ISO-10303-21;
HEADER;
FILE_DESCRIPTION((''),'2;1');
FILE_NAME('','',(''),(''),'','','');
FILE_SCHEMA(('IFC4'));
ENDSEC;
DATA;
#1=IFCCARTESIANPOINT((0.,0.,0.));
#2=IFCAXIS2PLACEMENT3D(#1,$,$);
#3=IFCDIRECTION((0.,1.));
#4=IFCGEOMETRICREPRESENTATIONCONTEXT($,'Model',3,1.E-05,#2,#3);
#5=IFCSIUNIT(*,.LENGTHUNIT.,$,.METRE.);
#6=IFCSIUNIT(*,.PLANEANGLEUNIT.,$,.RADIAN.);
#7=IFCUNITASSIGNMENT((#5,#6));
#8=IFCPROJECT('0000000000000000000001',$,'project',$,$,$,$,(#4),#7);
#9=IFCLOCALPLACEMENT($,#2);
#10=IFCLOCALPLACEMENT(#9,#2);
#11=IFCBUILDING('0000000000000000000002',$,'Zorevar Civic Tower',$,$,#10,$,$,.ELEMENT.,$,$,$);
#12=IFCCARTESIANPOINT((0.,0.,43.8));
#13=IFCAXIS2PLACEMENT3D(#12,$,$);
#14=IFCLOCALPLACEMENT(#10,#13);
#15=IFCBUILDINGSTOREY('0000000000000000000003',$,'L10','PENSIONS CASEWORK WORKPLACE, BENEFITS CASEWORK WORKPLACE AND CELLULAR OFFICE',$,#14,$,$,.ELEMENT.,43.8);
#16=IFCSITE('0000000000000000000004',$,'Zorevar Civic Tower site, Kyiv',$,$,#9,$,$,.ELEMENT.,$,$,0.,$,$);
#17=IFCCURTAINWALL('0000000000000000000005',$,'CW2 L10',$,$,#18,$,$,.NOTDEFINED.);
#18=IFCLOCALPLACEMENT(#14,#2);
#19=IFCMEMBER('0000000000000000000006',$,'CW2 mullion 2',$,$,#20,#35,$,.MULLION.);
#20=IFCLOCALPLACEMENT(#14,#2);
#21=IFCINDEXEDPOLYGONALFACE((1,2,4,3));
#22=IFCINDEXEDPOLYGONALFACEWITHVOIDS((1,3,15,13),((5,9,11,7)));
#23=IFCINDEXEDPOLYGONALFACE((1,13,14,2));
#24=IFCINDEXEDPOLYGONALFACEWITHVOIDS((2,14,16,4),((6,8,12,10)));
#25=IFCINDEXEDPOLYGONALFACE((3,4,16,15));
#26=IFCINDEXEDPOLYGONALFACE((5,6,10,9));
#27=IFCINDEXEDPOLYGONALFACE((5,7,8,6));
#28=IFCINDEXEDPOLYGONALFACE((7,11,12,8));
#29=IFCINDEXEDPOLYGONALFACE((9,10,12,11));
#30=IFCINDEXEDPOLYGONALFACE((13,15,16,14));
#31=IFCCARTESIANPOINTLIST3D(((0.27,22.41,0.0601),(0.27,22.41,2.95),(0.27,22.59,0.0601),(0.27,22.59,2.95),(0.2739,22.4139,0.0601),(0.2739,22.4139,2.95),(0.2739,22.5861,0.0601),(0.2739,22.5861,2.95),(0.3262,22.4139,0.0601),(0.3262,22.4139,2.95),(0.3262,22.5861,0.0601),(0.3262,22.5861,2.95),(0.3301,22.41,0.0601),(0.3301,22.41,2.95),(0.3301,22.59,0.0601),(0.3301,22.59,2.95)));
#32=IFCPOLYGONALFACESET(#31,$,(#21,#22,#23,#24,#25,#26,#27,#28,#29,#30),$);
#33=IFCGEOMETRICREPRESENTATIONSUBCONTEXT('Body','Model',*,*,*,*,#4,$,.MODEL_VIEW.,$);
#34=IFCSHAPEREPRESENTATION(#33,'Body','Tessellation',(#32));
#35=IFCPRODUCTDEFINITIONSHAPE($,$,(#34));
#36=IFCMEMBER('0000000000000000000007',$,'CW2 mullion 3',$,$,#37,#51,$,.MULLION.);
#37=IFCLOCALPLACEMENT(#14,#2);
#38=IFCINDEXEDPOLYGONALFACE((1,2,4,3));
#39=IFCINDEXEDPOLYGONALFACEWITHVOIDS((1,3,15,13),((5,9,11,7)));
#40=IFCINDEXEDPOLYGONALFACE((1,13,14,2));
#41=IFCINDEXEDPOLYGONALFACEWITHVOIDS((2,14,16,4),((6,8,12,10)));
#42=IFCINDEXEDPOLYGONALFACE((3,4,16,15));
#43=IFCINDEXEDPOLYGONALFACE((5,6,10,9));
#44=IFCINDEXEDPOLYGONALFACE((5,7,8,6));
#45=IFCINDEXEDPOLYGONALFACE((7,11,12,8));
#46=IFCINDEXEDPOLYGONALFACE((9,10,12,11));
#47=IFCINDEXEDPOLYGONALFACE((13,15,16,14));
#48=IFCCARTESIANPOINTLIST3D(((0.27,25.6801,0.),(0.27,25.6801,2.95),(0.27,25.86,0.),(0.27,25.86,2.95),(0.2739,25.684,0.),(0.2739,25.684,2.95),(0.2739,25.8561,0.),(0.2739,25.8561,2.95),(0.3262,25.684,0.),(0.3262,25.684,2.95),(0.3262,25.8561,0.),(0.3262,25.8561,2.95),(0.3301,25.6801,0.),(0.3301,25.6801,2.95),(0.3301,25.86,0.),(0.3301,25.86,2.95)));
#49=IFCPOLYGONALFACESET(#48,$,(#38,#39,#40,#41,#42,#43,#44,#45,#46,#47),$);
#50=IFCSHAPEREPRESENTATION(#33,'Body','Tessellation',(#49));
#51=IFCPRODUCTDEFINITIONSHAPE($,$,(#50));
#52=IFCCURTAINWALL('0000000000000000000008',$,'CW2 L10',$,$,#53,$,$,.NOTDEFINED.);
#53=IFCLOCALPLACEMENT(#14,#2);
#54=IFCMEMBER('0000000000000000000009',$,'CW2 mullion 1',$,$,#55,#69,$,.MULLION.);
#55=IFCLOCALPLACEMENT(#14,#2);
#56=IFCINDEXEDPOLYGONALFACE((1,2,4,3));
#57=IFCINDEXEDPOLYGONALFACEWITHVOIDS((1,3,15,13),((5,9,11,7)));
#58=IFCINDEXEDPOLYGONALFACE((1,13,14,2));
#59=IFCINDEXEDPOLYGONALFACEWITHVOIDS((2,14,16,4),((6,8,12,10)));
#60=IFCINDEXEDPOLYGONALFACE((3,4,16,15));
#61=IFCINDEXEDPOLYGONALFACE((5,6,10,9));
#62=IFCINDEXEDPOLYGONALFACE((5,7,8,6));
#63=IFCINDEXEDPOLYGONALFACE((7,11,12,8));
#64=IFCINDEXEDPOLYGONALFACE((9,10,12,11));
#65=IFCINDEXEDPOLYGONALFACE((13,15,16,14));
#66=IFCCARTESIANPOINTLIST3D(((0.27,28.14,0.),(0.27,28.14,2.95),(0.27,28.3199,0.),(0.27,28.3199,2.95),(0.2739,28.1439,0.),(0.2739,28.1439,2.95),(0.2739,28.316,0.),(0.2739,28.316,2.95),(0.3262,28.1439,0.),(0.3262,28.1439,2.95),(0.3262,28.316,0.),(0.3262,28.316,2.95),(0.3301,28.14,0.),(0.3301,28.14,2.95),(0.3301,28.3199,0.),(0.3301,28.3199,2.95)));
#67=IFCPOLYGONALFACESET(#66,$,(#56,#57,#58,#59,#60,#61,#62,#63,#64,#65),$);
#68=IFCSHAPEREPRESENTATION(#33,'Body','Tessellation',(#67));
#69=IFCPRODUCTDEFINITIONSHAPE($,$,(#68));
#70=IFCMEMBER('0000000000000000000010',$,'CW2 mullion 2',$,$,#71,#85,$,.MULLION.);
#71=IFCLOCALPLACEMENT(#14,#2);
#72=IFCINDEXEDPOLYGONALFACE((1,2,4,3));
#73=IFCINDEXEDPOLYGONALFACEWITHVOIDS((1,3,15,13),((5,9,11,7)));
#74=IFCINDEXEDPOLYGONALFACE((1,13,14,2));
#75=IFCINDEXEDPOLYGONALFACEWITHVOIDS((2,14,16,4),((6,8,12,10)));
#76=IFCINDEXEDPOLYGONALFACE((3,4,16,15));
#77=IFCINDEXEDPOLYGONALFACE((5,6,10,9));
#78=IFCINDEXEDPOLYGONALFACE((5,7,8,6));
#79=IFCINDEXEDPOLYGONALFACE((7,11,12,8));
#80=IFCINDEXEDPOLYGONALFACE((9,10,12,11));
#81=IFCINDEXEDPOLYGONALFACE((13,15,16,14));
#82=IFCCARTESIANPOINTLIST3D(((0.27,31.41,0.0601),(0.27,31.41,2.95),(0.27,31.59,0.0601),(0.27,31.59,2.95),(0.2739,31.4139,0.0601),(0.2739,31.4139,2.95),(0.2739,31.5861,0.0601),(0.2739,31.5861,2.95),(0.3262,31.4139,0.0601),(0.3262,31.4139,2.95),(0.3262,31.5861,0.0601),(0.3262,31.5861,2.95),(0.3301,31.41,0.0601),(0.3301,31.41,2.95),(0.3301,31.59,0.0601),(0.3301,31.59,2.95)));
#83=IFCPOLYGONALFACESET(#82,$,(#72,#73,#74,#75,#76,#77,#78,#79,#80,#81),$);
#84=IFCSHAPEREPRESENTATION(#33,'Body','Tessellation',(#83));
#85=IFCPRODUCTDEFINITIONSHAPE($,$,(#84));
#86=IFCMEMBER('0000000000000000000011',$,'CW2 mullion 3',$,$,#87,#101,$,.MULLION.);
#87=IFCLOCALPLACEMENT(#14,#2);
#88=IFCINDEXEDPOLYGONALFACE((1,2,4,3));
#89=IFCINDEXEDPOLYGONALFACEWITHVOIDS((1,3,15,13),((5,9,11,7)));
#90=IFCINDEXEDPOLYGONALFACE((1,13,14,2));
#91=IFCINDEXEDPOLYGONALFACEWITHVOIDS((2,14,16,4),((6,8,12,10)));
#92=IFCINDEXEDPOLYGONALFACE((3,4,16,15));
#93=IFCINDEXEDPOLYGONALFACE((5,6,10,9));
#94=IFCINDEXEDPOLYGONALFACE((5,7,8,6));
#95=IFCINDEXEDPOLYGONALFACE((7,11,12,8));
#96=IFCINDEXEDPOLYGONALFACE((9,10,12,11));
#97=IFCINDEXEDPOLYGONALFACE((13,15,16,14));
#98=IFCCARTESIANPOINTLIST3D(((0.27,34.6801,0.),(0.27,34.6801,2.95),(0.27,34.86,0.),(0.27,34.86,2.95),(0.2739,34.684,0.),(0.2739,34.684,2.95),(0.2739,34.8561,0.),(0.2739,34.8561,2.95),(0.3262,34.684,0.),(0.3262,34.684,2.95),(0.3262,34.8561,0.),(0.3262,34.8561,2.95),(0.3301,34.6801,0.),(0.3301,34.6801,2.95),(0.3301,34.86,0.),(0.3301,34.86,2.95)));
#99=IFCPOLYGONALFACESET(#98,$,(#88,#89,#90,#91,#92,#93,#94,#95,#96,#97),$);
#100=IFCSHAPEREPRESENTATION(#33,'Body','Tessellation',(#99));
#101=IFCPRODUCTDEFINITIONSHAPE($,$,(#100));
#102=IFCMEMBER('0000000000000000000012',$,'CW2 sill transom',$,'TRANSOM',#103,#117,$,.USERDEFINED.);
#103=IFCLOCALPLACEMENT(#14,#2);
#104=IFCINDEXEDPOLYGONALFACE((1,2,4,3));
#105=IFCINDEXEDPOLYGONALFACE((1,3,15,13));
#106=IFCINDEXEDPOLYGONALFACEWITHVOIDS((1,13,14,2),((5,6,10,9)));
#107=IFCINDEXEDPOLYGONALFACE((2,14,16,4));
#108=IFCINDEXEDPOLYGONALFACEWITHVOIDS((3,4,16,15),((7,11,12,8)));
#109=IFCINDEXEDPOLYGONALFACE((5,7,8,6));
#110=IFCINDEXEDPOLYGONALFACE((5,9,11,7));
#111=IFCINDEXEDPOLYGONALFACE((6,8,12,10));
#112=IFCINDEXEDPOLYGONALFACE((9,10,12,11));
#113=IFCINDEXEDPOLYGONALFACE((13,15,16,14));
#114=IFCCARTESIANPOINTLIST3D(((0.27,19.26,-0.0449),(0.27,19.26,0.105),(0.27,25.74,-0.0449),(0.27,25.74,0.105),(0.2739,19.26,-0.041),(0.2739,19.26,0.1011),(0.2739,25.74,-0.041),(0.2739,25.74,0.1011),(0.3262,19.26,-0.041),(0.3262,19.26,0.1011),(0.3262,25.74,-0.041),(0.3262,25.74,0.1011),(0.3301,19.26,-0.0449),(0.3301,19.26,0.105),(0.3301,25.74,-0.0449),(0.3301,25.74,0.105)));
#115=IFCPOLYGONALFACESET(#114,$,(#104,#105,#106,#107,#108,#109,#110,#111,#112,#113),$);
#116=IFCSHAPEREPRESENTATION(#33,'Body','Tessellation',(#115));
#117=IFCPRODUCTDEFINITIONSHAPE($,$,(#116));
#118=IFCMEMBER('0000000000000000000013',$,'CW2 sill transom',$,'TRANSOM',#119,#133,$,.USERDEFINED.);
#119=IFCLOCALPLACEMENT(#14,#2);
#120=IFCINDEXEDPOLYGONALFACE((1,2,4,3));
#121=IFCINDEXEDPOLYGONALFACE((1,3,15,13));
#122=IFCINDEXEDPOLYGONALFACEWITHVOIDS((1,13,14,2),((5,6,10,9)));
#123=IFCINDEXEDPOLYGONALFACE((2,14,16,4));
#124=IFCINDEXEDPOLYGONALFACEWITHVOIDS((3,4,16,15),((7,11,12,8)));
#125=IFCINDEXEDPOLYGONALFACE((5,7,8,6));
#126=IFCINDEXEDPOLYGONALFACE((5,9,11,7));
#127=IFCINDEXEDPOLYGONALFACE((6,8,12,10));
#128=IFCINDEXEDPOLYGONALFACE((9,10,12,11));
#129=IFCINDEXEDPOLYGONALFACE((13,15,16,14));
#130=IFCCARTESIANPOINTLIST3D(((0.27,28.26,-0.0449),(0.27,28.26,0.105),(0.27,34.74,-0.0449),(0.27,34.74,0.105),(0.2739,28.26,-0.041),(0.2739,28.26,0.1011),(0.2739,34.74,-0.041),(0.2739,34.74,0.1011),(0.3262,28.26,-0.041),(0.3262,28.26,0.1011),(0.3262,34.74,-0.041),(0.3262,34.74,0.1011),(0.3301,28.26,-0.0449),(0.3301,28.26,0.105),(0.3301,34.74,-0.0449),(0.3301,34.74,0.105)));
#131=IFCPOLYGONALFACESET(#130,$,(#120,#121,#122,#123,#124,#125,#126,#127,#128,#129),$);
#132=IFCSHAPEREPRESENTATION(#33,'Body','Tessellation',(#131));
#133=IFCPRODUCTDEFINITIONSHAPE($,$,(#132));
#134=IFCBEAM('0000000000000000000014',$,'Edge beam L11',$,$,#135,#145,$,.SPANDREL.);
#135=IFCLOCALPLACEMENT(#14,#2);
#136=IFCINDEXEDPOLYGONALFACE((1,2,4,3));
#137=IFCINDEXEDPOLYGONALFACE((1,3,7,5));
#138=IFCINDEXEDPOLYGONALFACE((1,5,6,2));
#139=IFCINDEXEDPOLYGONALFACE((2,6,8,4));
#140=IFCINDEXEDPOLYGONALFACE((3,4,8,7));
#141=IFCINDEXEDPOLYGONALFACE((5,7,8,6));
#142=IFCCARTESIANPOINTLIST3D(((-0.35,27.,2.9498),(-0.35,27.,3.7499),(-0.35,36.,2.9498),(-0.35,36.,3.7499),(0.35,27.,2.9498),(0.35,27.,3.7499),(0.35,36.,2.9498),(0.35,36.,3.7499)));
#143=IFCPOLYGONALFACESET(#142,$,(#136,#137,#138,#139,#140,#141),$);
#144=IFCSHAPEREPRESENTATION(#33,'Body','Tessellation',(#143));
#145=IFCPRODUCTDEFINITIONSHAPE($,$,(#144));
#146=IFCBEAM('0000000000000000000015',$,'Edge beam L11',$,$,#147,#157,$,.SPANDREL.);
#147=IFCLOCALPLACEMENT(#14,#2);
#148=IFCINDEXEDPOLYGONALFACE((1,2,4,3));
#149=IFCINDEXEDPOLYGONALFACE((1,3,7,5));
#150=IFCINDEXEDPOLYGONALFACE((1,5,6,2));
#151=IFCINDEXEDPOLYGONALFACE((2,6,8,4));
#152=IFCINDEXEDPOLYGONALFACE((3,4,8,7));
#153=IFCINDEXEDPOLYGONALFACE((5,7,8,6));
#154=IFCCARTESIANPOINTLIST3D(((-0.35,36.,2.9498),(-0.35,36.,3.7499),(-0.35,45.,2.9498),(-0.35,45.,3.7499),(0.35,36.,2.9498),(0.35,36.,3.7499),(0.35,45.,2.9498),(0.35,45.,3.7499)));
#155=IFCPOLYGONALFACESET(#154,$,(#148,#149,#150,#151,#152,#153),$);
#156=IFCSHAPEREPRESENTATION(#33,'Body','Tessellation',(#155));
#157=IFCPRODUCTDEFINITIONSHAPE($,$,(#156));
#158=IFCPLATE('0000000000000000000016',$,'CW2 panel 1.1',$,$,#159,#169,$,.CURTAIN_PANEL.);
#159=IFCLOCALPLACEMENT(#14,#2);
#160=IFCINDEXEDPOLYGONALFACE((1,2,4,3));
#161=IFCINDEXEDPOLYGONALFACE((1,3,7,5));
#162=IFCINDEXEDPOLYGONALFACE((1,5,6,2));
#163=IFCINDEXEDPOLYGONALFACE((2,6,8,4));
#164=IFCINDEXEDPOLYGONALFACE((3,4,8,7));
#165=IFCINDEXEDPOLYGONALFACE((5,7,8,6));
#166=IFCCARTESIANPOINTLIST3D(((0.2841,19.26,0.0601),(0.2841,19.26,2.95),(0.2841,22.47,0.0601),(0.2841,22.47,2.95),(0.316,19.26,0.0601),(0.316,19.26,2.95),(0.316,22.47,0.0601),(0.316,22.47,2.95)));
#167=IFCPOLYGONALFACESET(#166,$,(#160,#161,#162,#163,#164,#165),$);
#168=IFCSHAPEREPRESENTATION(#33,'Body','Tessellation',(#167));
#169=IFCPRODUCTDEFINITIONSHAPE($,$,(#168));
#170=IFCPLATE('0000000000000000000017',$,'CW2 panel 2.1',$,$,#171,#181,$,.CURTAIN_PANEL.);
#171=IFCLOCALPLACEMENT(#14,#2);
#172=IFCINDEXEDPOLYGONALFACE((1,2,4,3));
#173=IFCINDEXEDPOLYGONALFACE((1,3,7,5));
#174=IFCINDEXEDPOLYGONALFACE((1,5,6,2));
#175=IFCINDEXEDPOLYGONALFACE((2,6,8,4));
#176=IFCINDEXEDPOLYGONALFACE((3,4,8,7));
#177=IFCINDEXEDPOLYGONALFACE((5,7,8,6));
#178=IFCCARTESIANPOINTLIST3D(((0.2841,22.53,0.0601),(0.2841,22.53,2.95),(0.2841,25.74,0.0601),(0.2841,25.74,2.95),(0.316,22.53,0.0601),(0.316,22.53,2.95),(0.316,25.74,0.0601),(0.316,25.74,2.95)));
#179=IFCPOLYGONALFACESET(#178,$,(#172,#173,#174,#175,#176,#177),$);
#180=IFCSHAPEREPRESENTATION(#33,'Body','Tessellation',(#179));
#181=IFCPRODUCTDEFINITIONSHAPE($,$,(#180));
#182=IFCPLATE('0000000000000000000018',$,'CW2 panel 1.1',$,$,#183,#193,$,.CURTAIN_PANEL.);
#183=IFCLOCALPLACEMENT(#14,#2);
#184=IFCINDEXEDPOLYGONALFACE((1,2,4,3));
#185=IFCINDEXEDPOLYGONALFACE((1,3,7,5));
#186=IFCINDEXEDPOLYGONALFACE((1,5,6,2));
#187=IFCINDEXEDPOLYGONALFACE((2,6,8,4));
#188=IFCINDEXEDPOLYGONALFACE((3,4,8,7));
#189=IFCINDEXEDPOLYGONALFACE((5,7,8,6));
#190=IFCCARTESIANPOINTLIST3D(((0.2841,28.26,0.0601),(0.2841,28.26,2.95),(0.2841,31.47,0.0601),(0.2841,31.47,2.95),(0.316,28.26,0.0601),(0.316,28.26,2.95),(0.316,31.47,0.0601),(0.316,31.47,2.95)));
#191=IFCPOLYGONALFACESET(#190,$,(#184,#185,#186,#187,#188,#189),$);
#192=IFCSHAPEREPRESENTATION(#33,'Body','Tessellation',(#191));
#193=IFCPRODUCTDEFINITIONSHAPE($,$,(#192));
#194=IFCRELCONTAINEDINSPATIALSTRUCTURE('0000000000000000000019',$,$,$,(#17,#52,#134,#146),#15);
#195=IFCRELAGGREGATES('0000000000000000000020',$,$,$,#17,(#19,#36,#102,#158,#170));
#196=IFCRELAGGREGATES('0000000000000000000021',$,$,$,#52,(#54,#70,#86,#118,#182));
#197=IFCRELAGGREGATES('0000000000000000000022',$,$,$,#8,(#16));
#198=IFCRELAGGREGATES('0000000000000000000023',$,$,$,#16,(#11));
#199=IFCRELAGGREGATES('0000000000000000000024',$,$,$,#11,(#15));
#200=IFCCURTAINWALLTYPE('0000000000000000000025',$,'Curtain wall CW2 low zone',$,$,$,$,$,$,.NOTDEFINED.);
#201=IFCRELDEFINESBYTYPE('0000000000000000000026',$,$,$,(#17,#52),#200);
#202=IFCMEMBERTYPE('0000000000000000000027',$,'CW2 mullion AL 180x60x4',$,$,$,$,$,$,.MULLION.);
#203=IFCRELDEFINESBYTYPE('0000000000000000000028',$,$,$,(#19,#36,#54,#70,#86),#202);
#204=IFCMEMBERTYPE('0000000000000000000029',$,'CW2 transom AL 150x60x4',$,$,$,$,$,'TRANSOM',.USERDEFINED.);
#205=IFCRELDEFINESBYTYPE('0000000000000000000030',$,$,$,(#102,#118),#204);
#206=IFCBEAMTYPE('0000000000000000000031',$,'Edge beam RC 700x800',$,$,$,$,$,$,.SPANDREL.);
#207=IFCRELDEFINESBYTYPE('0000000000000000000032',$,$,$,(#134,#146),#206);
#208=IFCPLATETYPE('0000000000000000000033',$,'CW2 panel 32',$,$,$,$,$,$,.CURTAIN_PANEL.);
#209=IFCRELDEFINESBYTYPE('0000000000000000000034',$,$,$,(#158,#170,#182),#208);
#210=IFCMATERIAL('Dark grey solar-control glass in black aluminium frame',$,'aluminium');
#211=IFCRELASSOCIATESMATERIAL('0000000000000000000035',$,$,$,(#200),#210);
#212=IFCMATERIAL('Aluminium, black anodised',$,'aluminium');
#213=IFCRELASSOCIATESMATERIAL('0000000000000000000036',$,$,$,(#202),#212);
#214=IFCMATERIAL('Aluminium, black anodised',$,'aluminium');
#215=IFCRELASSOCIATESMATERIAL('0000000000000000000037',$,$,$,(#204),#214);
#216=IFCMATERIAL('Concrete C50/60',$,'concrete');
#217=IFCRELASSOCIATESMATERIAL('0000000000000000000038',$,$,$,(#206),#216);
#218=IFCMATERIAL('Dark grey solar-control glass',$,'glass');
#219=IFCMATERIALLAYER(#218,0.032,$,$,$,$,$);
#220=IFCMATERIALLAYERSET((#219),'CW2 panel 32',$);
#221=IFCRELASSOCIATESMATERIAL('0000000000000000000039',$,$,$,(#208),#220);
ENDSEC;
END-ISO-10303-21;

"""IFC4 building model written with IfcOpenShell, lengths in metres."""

from ifc_helpers import new_model, si_unit, direction, frame, origin, origin_2d, place, context, subcontext, project, spatial, rectangle, hollow_rectangle, extrude, material, layer, layer_set, material_profile, profile_set, type_object, element, aggregate, save


model = new_model("IFC4")

# Units and contexts
model_context = context("Model", 3, precision=1e-05, world=origin(), true_north=direction((0.0, 1.0)))
body_context = subcontext(model_context, "Body", "Model", "MODEL_VIEW")
ifc_project = project(units=[si_unit("LENGTHUNIT", "METRE"), si_unit("PLANEANGLEUNIT", "RADIAN")], contexts=[model_context])

# Site, building, storey
site_placement = place(None, origin())
site = spatial("IfcSite", under=ifc_project, at=site_placement, Name="Zorevar Civic Tower site, Kyiv", CompositionType="ELEMENT", RefElevation=0.0)
building_placement = place(site_placement, origin())
building = spatial("IfcBuilding", under=site, at=building_placement, Name="Zorevar Civic Tower", CompositionType="ELEMENT")
storey_placement = place(building_placement, frame((0.0, 0.0, 43.8)))
storey = spatial("IfcBuildingStorey", under=building, at=storey_placement, Name="L10", Description="PENSIONS CASEWORK WORKPLACE, BENEFITS CASEWORK WORKPLACE AND CELLULAR OFFICE", CompositionType="ELEMENT", Elevation=43.8)

# Curtain walls, members
ifc_material_1 = material(Name="Dark grey solar-control glass in black aluminium frame", Category="aluminium")
curtain_wall_type = type_object("IfcCurtainWallType", Name="Curtain wall CW2 low zone", PredefinedType="NOTDEFINED", material=ifc_material_1)
curtain_wall_1_placement = place(storey_placement, origin())
curtain_wall_1 = element("IfcCurtainWall", 1, at=curtain_wall_1_placement, inside=storey, type_object=curtain_wall_type, Name="CW2 L10", PredefinedType="NOTDEFINED")
ifc_material_2 = material(Name="Aluminium, black anodised", Category="aluminium")
ifc_material_profile_1 = material_profile(ifc_material_2, hollow_rectangle(XDim=0.0601, YDim=0.1799, WallThickness=0.0039, at=origin_2d()), Name="AL 180x60x4")
ifc_profile_set_1 = profile_set([ifc_material_profile_1], Name="Aluminium, black anodised")
member_type_1 = type_object("IfcMemberType", Name="CW2 mullion AL 180x60x4", PredefinedType="MULLION", material=ifc_profile_set_1)
member_1_placement = place(storey_placement, frame((0.3, 22.5, 0.0601), z_axis=(0.0, 0.0, 1.0), x_axis=(-1.0, 0.0, 0.0)))
member_1 = element("IfcMember", 2, at=member_1_placement, type_object=member_type_1, Name="CW2 mullion 2", PredefinedType="MULLION", context=body_context, shape_type="SweptSolid", body=[
    extrude(hollow_rectangle(XDim=0.0601, YDim=0.1799, WallThickness=0.0039, at=origin_2d()), origin(), (0.0, 0.0, 1.0), 2.8899),
])
member_2_placement = place(storey_placement, frame((0.3, 25.77, 0.0), z_axis=(0.0, 0.0, 1.0), x_axis=(-1.0, 0.0, 0.0)))
member_2 = element("IfcMember", 3, at=member_2_placement, type_object=member_type_1, Name="CW2 mullion 3", PredefinedType="MULLION", context=body_context, shape_type="SweptSolid", body=[
    extrude(hollow_rectangle(XDim=0.0601, YDim=0.1799, WallThickness=0.0039, at=origin_2d()), origin(), (0.0, 0.0, 1.0), 2.95),
])
curtain_wall_2_placement = place(storey_placement, origin())
curtain_wall_2 = element("IfcCurtainWall", 4, at=curtain_wall_2_placement, inside=storey, type_object=curtain_wall_type, Name="CW2 L10", PredefinedType="NOTDEFINED")
member_3_placement = place(storey_placement, frame((0.3, 28.23, 0.0), z_axis=(0.0, 0.0, 1.0), x_axis=(-1.0, 0.0, 0.0)))
member_3 = element("IfcMember", 5, at=member_3_placement, type_object=member_type_1, Name="CW2 mullion 1", PredefinedType="MULLION", context=body_context, shape_type="SweptSolid", body=[
    extrude(hollow_rectangle(XDim=0.0601, YDim=0.1799, WallThickness=0.0039, at=origin_2d()), origin(), (0.0, 0.0, 1.0), 2.95),
])
member_4_placement = place(storey_placement, frame((0.3, 31.5, 0.0601), z_axis=(0.0, 0.0, 1.0), x_axis=(-1.0, 0.0, 0.0)))
member_4 = element("IfcMember", 6, at=member_4_placement, type_object=member_type_1, Name="CW2 mullion 2", PredefinedType="MULLION", context=body_context, shape_type="SweptSolid", body=[
    extrude(hollow_rectangle(XDim=0.0601, YDim=0.1799, WallThickness=0.0039, at=origin_2d()), origin(), (0.0, 0.0, 1.0), 2.8899),
])
member_5_placement = place(storey_placement, frame((0.3, 34.77, 0.0), z_axis=(0.0, 0.0, 1.0), x_axis=(-1.0, 0.0, 0.0)))
member_5 = element("IfcMember", 7, at=member_5_placement, type_object=member_type_1, Name="CW2 mullion 3", PredefinedType="MULLION", context=body_context, shape_type="SweptSolid", body=[
    extrude(hollow_rectangle(XDim=0.0601, YDim=0.1799, WallThickness=0.0039, at=origin_2d()), origin(), (0.0, 0.0, 1.0), 2.95),
])

# Members
ifc_material_3 = material(Name="Aluminium, black anodised", Category="aluminium")
ifc_material_profile_2 = material_profile(ifc_material_3, hollow_rectangle(XDim=0.0601, YDim=0.1499, WallThickness=0.0039, at=origin_2d()), Name="AL 150x60x4")
ifc_profile_set_2 = profile_set([ifc_material_profile_2], Name="Aluminium, black anodised")
member_type_2 = type_object("IfcMemberType", Name="CW2 transom AL 150x60x4", ElementType="TRANSOM", PredefinedType="USERDEFINED", material=ifc_profile_set_2)
member_6_placement = place(storey_placement, frame((0.3, 19.26, 0.03), z_axis=(0.0, 1.0, 0.0), x_axis=(-1.0, 0.0, 0.0)))
member_6 = element("IfcMember", 8, at=member_6_placement, type_object=member_type_2, Name="CW2 sill transom", ObjectType="TRANSOM", PredefinedType="USERDEFINED", context=body_context, shape_type="SweptSolid", body=[
    extrude(hollow_rectangle(XDim=0.0601, YDim=0.1499, WallThickness=0.0039, at=origin_2d()), origin(), (0.0, 0.0, 1.0), 6.48),
])
member_7_placement = place(storey_placement, frame((0.3, 28.26, 0.03), z_axis=(0.0, 1.0, 0.0), x_axis=(-1.0, 0.0, 0.0)))
member_7 = element("IfcMember", 9, at=member_7_placement, type_object=member_type_2, Name="CW2 sill transom", ObjectType="TRANSOM", PredefinedType="USERDEFINED", context=body_context, shape_type="SweptSolid", body=[
    extrude(hollow_rectangle(XDim=0.0601, YDim=0.1499, WallThickness=0.0039, at=origin_2d()), origin(), (0.0, 0.0, 1.0), 6.48),
])

# Beams
ifc_material_4 = material(Name="Concrete C50/60", Category="concrete")
ifc_material_profile_3 = material_profile(ifc_material_4, rectangle(XDim=0.7, YDim=0.8, at=origin_2d()), Name="RC 700x800")
ifc_profile_set_3 = profile_set([ifc_material_profile_3], Name="Concrete C50/60")
beam_type_1 = type_object("IfcBeamType", Name="Edge beam RC 700x800", PredefinedType="SPANDREL", material=ifc_profile_set_3)
for number, where, z_axis, x_axis, name in (
    (10, (0.0, 27.0, 3.3499), (0.0, 1.0, 0.0), (-1.0, 0.0, 0.0), "Edge beam L11"),
    (11, (0.0, 36.0, 3.3499), (0.0, 1.0, 0.0), (-1.0, 0.0, 0.0), "Edge beam L11"),
):
    element("IfcBeam", number, at=place(storey_placement, frame(where, z_axis=z_axis, x_axis=x_axis)), inside=storey, type_object=beam_type_1, Name=name, PredefinedType="SPANDREL", context=body_context, shape_type="SweptSolid", body=[
        extrude(rectangle(XDim=0.7, YDim=0.8, at=origin_2d()), origin(), (0.0, 0.0, 1.0), 9.0),
    ])

# Plates
ifc_material_5 = material(Name="Dark grey solar-control glass", Category="glass")
ifc_layer_1 = layer(ifc_material_5, 0.032)
ifc_layer_set_1 = layer_set([ifc_layer_1], Name="CW2 panel 32")
plate_type = type_object("IfcPlateType", Name="CW2 panel 32", PredefinedType="CURTAIN_PANEL", material=ifc_layer_set_1)
plate_1_placement = place(storey_placement, frame((0.3, 20.865, 0.0601), z_axis=(0.0, 0.0, 1.0), x_axis=(0.0, 1.0, 0.0)))
plate_1 = element("IfcPlate", 12, at=plate_1_placement, type_object=plate_type, Name="CW2 panel 1.1", PredefinedType="CURTAIN_PANEL", context=body_context, shape_type="SweptSolid", body=[
    extrude(rectangle(XDim=3.21, YDim=0.032, at=origin_2d()), origin(), (0.0, 0.0, 1.0), 2.8899),
])
plate_2_placement = place(storey_placement, frame((0.3, 24.135, 0.0601), z_axis=(0.0, 0.0, 1.0), x_axis=(0.0, 1.0, 0.0)))
plate_2 = element("IfcPlate", 13, at=plate_2_placement, type_object=plate_type, Name="CW2 panel 2.1", PredefinedType="CURTAIN_PANEL", context=body_context, shape_type="SweptSolid", body=[
    extrude(rectangle(XDim=3.21, YDim=0.032, at=origin_2d()), origin(), (0.0, 0.0, 1.0), 2.8899),
])
aggregate(curtain_wall_1, [member_1, member_2, member_6, plate_1, plate_2])
plate_3_placement = place(storey_placement, frame((0.3, 29.865, 0.0601), z_axis=(0.0, 0.0, 1.0), x_axis=(0.0, 1.0, 0.0)))
plate_3 = element("IfcPlate", 14, at=plate_3_placement, type_object=plate_type, Name="CW2 panel 1.1", PredefinedType="CURTAIN_PANEL", context=body_context, shape_type="SweptSolid", body=[
    extrude(rectangle(XDim=3.21, YDim=0.032, at=origin_2d()), origin(), (0.0, 0.0, 1.0), 2.8899),
])
aggregate(curtain_wall_2, [member_3, member_4, member_5, member_7, plate_3])

save(model, "model.ifc")
